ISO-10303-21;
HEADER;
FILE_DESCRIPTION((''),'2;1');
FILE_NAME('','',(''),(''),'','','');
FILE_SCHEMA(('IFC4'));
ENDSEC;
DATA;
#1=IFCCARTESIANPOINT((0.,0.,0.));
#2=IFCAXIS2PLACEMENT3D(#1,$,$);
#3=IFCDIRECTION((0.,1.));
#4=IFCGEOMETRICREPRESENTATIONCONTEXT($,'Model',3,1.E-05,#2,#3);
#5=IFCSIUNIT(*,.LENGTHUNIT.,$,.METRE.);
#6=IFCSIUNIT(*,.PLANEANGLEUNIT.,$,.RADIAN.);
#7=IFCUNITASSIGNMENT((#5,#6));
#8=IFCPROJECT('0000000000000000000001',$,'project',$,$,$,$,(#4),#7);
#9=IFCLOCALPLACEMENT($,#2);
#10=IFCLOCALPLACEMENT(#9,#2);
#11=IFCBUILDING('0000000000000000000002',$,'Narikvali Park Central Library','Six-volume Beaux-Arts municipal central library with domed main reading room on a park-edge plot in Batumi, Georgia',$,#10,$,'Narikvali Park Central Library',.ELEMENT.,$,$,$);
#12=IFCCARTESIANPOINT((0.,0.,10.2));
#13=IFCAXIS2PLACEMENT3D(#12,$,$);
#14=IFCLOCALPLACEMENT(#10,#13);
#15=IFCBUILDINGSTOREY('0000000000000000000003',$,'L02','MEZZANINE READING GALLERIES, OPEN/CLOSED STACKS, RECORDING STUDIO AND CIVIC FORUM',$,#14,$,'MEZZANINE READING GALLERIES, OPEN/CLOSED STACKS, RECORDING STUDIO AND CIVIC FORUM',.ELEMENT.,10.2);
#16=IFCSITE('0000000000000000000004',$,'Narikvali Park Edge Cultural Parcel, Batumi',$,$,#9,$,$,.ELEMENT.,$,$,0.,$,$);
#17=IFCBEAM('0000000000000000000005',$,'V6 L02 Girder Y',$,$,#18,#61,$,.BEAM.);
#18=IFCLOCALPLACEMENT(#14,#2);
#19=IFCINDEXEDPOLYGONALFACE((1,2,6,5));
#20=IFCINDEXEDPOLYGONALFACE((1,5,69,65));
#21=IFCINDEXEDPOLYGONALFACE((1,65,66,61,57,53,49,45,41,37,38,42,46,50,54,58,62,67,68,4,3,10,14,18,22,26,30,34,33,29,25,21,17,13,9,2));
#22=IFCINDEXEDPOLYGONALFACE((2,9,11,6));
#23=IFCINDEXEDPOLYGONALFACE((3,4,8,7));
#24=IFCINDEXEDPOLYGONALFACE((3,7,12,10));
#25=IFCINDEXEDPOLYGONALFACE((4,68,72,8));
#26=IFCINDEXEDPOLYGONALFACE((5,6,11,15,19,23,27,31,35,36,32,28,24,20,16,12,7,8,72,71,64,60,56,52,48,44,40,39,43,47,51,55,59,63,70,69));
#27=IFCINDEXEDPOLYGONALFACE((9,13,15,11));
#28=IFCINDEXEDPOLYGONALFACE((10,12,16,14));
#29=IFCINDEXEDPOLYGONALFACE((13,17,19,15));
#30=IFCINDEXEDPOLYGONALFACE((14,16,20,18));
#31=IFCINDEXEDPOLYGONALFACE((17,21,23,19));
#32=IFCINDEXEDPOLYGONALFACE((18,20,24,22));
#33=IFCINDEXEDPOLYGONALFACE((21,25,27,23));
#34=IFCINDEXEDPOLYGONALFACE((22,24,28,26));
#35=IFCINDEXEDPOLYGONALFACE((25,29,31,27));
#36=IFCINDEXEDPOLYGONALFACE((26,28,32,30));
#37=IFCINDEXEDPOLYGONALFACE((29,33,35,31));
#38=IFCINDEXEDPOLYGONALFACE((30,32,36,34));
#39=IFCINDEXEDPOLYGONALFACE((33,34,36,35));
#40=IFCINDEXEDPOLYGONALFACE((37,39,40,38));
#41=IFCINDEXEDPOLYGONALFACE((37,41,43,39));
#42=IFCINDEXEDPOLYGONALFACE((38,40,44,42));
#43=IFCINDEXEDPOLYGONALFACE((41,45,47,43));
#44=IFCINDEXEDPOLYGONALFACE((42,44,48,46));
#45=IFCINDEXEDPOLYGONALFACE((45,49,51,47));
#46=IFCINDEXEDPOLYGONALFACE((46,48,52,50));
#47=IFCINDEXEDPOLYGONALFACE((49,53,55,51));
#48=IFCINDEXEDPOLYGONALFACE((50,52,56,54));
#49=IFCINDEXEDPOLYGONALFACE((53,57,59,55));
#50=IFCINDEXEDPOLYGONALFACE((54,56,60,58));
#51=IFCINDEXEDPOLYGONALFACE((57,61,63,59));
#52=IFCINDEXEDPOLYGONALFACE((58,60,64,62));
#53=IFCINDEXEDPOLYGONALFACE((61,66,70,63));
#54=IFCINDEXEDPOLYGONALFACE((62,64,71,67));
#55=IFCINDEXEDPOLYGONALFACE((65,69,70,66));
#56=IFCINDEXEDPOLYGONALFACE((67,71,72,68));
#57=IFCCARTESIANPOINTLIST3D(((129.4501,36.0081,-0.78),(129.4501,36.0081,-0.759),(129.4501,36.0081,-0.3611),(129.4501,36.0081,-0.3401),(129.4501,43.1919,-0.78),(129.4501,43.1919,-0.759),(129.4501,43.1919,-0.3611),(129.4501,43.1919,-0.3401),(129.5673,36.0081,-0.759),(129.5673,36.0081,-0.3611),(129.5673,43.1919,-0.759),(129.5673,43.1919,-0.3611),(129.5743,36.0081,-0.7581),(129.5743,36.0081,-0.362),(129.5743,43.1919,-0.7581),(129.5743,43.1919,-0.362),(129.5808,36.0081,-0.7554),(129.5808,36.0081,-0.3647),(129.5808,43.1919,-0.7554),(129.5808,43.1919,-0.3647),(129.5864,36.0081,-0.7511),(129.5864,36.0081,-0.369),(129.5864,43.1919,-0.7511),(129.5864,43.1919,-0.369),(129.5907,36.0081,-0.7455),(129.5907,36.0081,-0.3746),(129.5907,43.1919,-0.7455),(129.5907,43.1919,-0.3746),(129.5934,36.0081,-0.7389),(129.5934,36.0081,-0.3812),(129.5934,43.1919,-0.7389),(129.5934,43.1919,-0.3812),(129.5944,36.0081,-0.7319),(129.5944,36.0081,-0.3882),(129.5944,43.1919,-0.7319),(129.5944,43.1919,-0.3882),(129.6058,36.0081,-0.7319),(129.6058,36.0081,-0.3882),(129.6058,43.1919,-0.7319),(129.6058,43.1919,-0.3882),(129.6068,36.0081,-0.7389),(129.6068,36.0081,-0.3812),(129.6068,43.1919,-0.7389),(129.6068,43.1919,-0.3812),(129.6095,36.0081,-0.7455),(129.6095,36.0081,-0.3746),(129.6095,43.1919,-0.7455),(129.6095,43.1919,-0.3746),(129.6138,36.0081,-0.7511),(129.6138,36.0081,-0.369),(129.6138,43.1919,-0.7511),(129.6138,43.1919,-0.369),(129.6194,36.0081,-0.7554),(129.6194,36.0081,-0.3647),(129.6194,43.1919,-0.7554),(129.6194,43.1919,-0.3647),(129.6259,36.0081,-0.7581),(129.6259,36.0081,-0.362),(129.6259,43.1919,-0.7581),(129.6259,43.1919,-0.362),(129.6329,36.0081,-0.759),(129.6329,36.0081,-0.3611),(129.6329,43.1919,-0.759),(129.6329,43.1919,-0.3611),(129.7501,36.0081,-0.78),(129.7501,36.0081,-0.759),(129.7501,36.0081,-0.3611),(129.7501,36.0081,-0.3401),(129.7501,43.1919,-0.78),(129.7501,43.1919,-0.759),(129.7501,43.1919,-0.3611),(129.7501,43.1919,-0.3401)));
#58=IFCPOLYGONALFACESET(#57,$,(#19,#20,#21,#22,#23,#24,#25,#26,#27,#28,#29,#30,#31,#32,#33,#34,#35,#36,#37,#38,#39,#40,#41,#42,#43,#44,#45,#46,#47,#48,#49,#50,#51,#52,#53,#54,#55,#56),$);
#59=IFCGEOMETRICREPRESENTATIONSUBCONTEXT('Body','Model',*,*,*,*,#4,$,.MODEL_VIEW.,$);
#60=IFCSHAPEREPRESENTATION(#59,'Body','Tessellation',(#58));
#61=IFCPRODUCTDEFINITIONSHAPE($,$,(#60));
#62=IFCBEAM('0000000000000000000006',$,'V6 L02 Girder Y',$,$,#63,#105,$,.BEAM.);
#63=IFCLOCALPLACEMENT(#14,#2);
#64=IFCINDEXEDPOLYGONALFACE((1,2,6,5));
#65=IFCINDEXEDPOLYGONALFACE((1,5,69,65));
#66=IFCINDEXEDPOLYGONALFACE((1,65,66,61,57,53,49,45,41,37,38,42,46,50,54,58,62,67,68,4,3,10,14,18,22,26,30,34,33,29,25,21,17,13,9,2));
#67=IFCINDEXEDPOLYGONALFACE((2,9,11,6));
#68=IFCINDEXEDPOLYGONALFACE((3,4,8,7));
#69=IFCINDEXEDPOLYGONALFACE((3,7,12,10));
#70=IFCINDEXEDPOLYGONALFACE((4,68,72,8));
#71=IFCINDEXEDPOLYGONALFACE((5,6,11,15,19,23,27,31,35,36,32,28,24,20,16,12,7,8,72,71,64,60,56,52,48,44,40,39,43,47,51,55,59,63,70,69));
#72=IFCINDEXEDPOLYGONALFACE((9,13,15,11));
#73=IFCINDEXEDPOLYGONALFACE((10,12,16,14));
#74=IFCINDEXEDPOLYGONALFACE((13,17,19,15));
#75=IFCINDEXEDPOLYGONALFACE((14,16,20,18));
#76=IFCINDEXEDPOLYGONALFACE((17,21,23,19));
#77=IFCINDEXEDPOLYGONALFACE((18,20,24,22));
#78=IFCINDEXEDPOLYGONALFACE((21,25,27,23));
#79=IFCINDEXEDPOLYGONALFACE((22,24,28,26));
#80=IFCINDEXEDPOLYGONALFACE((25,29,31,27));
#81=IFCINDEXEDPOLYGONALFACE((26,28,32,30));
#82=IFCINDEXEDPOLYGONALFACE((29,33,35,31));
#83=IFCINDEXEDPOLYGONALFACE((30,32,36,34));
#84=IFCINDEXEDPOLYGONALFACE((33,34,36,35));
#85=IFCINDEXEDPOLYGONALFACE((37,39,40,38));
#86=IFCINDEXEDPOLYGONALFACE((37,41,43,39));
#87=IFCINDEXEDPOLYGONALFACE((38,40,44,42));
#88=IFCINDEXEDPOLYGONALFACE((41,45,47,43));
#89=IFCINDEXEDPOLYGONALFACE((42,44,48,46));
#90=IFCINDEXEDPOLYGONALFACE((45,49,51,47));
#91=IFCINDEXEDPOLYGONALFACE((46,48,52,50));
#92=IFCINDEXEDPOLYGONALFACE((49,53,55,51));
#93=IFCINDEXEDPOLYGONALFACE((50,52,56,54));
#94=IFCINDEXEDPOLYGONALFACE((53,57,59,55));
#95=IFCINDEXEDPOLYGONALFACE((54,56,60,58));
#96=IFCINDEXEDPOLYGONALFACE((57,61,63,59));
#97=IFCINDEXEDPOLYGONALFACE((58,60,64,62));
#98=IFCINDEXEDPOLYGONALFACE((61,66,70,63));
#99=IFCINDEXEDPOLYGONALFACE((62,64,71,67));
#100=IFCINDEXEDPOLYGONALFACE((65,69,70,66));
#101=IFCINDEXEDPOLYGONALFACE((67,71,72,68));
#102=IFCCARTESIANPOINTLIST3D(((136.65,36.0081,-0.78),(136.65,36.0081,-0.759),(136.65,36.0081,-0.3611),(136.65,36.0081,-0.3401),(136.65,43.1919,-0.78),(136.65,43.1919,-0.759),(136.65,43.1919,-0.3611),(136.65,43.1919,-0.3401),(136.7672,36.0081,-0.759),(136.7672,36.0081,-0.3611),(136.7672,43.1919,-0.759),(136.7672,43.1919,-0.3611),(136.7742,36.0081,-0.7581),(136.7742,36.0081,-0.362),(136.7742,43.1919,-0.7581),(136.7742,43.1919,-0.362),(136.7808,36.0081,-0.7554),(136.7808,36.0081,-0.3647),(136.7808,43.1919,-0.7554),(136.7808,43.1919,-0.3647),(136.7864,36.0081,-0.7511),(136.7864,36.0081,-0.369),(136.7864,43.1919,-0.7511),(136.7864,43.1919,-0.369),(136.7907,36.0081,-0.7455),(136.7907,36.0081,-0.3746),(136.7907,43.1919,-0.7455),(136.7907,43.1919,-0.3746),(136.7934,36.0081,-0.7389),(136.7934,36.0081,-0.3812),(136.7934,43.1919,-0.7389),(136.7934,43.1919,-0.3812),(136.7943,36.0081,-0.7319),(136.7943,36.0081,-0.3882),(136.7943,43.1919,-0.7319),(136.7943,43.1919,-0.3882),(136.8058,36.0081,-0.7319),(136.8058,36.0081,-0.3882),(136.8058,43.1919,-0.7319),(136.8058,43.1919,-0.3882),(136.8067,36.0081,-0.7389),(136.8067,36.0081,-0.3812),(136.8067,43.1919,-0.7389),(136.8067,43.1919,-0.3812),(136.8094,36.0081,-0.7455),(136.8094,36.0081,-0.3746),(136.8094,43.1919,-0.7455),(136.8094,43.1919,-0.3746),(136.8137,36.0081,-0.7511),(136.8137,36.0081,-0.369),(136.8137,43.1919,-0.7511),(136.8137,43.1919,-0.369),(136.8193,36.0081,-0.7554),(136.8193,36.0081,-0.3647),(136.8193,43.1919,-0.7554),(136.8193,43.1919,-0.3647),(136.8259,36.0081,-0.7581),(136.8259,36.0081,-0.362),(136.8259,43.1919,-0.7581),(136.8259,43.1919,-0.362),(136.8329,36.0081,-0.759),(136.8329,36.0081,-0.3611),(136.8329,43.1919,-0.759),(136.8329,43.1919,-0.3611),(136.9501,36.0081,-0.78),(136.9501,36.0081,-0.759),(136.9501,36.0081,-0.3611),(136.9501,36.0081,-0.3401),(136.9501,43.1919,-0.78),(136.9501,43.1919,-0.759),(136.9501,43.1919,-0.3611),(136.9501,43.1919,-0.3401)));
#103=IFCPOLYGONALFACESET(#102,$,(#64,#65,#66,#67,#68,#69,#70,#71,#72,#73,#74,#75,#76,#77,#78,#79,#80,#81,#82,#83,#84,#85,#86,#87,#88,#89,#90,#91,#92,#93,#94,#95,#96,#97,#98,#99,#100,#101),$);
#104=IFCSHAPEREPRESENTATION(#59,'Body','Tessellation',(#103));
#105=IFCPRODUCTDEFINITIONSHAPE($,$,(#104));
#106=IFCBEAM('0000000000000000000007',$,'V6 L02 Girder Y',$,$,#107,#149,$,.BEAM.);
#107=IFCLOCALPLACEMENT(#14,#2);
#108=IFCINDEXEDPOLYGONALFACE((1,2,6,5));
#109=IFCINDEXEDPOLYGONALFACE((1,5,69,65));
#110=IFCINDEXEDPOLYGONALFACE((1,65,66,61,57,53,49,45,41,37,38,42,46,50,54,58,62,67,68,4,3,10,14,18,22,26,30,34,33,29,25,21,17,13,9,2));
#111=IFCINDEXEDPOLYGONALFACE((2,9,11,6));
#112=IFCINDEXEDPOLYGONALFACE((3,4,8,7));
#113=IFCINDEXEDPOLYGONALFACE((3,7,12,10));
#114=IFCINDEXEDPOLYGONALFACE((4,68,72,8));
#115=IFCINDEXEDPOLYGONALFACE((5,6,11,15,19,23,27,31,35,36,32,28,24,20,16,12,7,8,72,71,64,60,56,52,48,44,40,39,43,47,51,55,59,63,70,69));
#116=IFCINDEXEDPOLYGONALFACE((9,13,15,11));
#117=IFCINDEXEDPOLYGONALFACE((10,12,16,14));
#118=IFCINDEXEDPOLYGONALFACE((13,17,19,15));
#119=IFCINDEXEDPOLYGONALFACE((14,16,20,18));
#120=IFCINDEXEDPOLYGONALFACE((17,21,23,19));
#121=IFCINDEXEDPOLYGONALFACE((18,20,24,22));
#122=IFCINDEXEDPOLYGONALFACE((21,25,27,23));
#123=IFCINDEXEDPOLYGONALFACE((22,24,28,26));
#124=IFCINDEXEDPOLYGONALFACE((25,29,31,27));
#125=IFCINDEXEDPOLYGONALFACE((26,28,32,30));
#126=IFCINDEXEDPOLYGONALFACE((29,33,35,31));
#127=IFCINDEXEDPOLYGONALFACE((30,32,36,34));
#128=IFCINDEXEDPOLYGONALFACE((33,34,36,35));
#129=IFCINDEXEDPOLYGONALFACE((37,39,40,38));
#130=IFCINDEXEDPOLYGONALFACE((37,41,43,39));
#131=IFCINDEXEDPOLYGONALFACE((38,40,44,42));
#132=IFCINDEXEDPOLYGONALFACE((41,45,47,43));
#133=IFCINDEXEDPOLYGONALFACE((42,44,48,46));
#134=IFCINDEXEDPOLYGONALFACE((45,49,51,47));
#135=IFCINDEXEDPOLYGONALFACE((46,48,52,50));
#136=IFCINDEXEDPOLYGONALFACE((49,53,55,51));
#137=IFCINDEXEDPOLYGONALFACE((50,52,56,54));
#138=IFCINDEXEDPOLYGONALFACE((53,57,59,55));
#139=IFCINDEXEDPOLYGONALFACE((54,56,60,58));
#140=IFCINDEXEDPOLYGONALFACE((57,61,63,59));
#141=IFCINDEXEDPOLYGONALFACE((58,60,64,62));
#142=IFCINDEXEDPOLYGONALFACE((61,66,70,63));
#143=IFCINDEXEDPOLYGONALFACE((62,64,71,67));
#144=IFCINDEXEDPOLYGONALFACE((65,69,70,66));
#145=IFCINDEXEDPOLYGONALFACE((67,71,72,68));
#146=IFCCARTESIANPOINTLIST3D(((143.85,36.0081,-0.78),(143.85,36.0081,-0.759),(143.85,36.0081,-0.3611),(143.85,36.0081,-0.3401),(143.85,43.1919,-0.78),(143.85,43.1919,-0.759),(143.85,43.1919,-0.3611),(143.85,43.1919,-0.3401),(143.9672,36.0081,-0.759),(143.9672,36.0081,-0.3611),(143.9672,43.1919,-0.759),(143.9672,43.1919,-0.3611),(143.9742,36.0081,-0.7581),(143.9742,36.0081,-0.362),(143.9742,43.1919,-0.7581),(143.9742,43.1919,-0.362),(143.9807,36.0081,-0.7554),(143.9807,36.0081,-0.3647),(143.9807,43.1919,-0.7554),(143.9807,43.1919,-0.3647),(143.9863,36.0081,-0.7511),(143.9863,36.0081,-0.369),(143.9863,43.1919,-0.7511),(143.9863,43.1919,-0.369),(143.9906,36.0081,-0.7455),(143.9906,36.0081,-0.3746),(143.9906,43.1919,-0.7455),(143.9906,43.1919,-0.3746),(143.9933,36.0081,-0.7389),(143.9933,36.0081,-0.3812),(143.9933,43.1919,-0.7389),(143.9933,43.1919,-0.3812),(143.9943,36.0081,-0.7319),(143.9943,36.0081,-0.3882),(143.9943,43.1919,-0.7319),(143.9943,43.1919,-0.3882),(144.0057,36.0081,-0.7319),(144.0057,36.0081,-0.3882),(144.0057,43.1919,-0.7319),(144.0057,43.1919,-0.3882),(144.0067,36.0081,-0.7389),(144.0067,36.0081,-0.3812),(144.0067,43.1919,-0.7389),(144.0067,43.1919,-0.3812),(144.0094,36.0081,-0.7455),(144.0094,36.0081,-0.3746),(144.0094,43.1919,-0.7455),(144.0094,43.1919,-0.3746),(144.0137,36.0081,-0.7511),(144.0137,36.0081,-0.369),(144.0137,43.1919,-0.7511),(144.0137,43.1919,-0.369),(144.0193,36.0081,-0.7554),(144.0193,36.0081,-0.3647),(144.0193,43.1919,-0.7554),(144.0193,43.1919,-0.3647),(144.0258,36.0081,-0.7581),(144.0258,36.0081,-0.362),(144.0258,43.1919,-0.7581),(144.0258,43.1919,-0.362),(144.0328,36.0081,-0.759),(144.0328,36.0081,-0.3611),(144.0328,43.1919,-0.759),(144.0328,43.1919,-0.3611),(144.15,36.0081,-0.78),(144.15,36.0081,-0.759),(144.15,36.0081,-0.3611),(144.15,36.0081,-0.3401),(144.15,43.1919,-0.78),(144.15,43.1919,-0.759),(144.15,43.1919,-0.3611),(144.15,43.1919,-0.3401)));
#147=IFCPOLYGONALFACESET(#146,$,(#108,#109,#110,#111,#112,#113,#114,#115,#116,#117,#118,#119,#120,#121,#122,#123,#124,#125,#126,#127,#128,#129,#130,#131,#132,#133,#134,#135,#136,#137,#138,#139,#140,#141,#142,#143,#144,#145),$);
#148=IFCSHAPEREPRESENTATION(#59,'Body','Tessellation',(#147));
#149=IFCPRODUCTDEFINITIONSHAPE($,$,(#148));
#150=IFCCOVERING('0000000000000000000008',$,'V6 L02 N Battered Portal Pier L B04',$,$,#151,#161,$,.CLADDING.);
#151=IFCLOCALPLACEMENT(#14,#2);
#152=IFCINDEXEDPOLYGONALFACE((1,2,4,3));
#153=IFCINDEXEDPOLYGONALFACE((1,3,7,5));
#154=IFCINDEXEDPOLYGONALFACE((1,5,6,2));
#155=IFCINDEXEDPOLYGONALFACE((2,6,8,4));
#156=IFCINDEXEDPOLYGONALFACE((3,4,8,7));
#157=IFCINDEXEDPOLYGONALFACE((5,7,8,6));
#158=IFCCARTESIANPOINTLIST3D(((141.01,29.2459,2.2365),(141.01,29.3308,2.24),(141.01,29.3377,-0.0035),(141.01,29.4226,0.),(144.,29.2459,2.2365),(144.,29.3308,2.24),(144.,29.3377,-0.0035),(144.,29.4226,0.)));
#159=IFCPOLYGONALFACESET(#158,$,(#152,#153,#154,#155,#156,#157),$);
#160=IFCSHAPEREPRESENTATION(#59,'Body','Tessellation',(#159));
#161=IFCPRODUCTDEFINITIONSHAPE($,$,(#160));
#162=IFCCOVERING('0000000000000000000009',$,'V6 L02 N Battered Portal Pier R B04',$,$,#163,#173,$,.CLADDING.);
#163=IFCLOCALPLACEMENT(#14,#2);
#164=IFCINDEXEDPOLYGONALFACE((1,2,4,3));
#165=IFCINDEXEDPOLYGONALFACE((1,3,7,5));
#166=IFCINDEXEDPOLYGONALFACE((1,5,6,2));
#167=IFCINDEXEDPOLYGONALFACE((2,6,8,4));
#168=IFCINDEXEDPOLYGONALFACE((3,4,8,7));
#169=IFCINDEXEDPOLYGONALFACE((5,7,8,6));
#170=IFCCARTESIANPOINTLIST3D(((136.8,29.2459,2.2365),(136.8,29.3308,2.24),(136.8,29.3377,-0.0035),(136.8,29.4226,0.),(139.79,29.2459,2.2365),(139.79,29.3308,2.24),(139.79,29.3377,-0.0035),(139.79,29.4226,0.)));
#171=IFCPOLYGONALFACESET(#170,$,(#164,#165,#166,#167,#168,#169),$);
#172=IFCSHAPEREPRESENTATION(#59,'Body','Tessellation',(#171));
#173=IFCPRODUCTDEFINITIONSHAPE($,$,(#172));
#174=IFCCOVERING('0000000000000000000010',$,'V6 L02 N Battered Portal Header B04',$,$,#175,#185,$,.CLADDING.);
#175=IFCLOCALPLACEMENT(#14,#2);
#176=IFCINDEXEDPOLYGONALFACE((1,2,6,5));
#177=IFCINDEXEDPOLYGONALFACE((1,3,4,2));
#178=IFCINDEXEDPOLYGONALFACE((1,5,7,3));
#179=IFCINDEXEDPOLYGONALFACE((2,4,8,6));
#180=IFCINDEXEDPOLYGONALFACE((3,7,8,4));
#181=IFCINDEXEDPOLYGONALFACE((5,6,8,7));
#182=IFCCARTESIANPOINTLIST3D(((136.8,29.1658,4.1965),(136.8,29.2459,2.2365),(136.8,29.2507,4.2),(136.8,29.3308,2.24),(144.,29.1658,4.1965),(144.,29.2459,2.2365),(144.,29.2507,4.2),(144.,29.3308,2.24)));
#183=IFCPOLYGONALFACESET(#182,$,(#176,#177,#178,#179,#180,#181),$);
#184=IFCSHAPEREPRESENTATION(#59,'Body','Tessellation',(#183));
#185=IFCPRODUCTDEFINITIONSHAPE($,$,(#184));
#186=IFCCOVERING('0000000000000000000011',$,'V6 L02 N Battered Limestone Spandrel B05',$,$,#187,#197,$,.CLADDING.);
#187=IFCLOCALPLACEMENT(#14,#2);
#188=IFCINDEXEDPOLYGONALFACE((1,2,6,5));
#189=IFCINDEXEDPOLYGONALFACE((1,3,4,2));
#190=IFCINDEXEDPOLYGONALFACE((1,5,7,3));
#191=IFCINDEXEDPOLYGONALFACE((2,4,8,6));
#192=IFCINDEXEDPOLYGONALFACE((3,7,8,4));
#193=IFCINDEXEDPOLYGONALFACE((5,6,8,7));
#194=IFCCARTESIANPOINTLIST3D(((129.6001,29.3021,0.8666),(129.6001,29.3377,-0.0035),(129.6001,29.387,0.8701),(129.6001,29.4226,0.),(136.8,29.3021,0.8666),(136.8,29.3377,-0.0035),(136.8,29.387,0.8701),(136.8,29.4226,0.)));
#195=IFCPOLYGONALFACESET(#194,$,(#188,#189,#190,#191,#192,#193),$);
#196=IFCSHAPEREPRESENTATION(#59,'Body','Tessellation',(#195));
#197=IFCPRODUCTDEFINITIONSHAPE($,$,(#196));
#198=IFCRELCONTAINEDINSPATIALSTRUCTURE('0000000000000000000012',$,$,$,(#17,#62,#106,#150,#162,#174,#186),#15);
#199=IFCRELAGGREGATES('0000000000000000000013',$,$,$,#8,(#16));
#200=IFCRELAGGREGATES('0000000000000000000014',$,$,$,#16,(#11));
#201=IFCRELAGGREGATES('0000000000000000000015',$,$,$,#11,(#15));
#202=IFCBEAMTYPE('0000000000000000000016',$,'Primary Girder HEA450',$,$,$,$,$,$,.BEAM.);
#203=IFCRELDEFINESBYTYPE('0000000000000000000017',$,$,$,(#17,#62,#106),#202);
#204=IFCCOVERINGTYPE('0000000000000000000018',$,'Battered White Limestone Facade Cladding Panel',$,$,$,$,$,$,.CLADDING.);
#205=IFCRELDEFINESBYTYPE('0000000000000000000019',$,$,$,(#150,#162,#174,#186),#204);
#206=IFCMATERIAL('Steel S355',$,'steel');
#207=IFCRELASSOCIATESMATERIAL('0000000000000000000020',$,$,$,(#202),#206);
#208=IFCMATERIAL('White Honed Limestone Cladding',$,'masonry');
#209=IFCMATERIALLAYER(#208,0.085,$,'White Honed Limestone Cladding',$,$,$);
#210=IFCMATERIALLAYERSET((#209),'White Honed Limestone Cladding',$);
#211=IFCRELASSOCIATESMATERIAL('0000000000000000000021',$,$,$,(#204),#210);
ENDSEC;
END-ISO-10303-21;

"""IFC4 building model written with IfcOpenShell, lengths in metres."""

from ifc_helpers import new_model, si_unit, direction, frame, origin, origin_2d, place, context, subcontext, project, spatial, polyline, i_section, outline, extrude, material, layer, layer_set, material_profile, profile_set, type_object, element, save


model = new_model("IFC4")

# Units and contexts
model_context = context("Model", 3, precision=1e-05, world=origin(), true_north=direction((0.0, 1.0)))
body_context = subcontext(model_context, "Body", "Model", "MODEL_VIEW")
ifc_project = project(units=[si_unit("LENGTHUNIT", "METRE"), si_unit("PLANEANGLEUNIT", "RADIAN")], contexts=[model_context])

# Site, building, storey
site_placement = place(None, origin())
site = spatial("IfcSite", under=ifc_project, at=site_placement, Name="Narikvali Park Edge Cultural Parcel, Batumi", CompositionType="ELEMENT", RefElevation=0.0)
building_placement = place(site_placement, origin())
building = spatial("IfcBuilding", under=site, at=building_placement, Name="Narikvali Park Central Library", Description="Six-volume Beaux-Arts municipal central library with domed main reading room on a park-edge plot in Batumi, Georgia", LongName="Narikvali Park Central Library", CompositionType="ELEMENT")
storey_placement = place(building_placement, frame((0.0, 0.0, 10.2)))
storey = spatial("IfcBuildingStorey", under=building, at=storey_placement, Name="L02", Description="MEZZANINE READING GALLERIES, OPEN/CLOSED STACKS, RECORDING STUDIO AND CIVIC FORUM", LongName="MEZZANINE READING GALLERIES, OPEN/CLOSED STACKS, RECORDING STUDIO AND CIVIC FORUM", CompositionType="ELEMENT", Elevation=10.2)

# Beams
ifc_material_1 = material(Name="Steel S355", Category="steel")
ifc_material_profile_1 = material_profile(ifc_material_1, i_section(OverallWidth=0.3, OverallDepth=0.4399, WebThickness=0.0115, FlangeThickness=0.021, FilletRadius=0.0271, at=origin_2d()), Name="HEA 450")
ifc_profile_set_1 = profile_set([ifc_material_profile_1], Name="Steel S355")
beam_type_1 = type_object("IfcBeamType", Name="Primary Girder HEA450", PredefinedType="BEAM", material=ifc_profile_set_1)
for number, where, z_axis, x_axis, name in (
    (1, (129.6001, 36.0081, -0.5601), (0.0, 1.0, 0.0), (-1.0, 0.0, 0.0), "V6 L02 Girder Y"),
    (2, (136.8, 36.0081, -0.5601), (0.0, 1.0, 0.0), (-1.0, 0.0, 0.0), "V6 L02 Girder Y"),
    (3, (144.0, 36.0081, -0.5601), (0.0, 1.0, 0.0), (-1.0, 0.0, 0.0), "V6 L02 Girder Y"),
):
    element("IfcBeam", number, at=place(storey_placement, frame(where, z_axis=z_axis, x_axis=x_axis)), inside=storey, type_object=beam_type_1, Name=name, PredefinedType="BEAM", context=body_context, shape_type="SweptSolid", body=[
        extrude(i_section(OverallWidth=0.3, OverallDepth=0.4399, WebThickness=0.0115, FlangeThickness=0.021, FilletRadius=0.0271, at=origin_2d()), origin(), (0.0, 0.0, 1.0), 7.1838),
    ])

# Coverings
ifc_material_2 = material(Name="White Honed Limestone Cladding", Category="masonry")
ifc_layer = layer(ifc_material_2, 0.085, Name="White Honed Limestone Cladding")
ifc_layer_set = layer_set([ifc_layer], Name="White Honed Limestone Cladding")
covering_type = type_object("IfcCoveringType", Name="Battered White Limestone Facade Cladding Panel", PredefinedType="CLADDING", material=ifc_layer_set)
for number, where, z_axis, x_axis, name in (
    (4, (144.0, 29.4226, 0.0), (0.0, 0.999161, 0.040947), (-1.0, 0.0, 0.0), "V6 L02 N Battered Portal Pier L B04"),
    (5, (139.79, 29.4226, 0.0), (0.0, 0.999161, 0.040947), (-1.0, 0.0, 0.0), "V6 L02 N Battered Portal Pier R B04"),
):
    element("IfcCovering", number, at=place(storey_placement, frame(where, z_axis=z_axis, x_axis=x_axis)), inside=storey, type_object=covering_type, Name=name, PredefinedType="CLADDING", context=body_context, shape_type="SweptSolid", body=[
        extrude(outline(polyline([(0.0, 0.0), (2.99, 0.0), (2.99, 2.2419), (0.0, 2.2419), (0.0, 0.0)])), origin(), (0.0, 0.0, -1.0), 0.085),
    ])
covering_1_placement = place(storey_placement, frame((144.0, 29.3308, 2.24), z_axis=(0.0, 0.999166, 0.040823), x_axis=(-1.0, 0.0, 0.0)))
element("IfcCovering", 6, at=covering_1_placement, inside=storey, type_object=covering_type, Name="V6 L02 N Battered Portal Header B04", PredefinedType="CLADDING", context=body_context, shape_type="SweptSolid", body=[
    extrude(outline(polyline([(0.0, 0.0), (7.2, 0.0), (7.2, 1.9616), (0.0, 1.9616), (0.0, 0.0)])), origin(), (0.0, 0.0, -1.0), 0.085),
])
covering_2_placement = place(storey_placement, frame((136.8, 29.4226, 0.0), z_axis=(0.0, 0.999162, 0.040931), x_axis=(-1.0, 0.0, 0.0)))
element("IfcCovering", 7, at=covering_2_placement, inside=storey, type_object=covering_type, Name="V6 L02 N Battered Limestone Spandrel B05", PredefinedType="CLADDING", context=body_context, shape_type="SweptSolid", body=[
    extrude(outline(polyline([(0.0, 0.0), (7.2, 0.0), (7.2, 0.8708), (0.0, 0.8708), (0.0, 0.0)])), origin(), (0.0, 0.0, -1.0), 0.085),
])

save(model, "model.ifc")
